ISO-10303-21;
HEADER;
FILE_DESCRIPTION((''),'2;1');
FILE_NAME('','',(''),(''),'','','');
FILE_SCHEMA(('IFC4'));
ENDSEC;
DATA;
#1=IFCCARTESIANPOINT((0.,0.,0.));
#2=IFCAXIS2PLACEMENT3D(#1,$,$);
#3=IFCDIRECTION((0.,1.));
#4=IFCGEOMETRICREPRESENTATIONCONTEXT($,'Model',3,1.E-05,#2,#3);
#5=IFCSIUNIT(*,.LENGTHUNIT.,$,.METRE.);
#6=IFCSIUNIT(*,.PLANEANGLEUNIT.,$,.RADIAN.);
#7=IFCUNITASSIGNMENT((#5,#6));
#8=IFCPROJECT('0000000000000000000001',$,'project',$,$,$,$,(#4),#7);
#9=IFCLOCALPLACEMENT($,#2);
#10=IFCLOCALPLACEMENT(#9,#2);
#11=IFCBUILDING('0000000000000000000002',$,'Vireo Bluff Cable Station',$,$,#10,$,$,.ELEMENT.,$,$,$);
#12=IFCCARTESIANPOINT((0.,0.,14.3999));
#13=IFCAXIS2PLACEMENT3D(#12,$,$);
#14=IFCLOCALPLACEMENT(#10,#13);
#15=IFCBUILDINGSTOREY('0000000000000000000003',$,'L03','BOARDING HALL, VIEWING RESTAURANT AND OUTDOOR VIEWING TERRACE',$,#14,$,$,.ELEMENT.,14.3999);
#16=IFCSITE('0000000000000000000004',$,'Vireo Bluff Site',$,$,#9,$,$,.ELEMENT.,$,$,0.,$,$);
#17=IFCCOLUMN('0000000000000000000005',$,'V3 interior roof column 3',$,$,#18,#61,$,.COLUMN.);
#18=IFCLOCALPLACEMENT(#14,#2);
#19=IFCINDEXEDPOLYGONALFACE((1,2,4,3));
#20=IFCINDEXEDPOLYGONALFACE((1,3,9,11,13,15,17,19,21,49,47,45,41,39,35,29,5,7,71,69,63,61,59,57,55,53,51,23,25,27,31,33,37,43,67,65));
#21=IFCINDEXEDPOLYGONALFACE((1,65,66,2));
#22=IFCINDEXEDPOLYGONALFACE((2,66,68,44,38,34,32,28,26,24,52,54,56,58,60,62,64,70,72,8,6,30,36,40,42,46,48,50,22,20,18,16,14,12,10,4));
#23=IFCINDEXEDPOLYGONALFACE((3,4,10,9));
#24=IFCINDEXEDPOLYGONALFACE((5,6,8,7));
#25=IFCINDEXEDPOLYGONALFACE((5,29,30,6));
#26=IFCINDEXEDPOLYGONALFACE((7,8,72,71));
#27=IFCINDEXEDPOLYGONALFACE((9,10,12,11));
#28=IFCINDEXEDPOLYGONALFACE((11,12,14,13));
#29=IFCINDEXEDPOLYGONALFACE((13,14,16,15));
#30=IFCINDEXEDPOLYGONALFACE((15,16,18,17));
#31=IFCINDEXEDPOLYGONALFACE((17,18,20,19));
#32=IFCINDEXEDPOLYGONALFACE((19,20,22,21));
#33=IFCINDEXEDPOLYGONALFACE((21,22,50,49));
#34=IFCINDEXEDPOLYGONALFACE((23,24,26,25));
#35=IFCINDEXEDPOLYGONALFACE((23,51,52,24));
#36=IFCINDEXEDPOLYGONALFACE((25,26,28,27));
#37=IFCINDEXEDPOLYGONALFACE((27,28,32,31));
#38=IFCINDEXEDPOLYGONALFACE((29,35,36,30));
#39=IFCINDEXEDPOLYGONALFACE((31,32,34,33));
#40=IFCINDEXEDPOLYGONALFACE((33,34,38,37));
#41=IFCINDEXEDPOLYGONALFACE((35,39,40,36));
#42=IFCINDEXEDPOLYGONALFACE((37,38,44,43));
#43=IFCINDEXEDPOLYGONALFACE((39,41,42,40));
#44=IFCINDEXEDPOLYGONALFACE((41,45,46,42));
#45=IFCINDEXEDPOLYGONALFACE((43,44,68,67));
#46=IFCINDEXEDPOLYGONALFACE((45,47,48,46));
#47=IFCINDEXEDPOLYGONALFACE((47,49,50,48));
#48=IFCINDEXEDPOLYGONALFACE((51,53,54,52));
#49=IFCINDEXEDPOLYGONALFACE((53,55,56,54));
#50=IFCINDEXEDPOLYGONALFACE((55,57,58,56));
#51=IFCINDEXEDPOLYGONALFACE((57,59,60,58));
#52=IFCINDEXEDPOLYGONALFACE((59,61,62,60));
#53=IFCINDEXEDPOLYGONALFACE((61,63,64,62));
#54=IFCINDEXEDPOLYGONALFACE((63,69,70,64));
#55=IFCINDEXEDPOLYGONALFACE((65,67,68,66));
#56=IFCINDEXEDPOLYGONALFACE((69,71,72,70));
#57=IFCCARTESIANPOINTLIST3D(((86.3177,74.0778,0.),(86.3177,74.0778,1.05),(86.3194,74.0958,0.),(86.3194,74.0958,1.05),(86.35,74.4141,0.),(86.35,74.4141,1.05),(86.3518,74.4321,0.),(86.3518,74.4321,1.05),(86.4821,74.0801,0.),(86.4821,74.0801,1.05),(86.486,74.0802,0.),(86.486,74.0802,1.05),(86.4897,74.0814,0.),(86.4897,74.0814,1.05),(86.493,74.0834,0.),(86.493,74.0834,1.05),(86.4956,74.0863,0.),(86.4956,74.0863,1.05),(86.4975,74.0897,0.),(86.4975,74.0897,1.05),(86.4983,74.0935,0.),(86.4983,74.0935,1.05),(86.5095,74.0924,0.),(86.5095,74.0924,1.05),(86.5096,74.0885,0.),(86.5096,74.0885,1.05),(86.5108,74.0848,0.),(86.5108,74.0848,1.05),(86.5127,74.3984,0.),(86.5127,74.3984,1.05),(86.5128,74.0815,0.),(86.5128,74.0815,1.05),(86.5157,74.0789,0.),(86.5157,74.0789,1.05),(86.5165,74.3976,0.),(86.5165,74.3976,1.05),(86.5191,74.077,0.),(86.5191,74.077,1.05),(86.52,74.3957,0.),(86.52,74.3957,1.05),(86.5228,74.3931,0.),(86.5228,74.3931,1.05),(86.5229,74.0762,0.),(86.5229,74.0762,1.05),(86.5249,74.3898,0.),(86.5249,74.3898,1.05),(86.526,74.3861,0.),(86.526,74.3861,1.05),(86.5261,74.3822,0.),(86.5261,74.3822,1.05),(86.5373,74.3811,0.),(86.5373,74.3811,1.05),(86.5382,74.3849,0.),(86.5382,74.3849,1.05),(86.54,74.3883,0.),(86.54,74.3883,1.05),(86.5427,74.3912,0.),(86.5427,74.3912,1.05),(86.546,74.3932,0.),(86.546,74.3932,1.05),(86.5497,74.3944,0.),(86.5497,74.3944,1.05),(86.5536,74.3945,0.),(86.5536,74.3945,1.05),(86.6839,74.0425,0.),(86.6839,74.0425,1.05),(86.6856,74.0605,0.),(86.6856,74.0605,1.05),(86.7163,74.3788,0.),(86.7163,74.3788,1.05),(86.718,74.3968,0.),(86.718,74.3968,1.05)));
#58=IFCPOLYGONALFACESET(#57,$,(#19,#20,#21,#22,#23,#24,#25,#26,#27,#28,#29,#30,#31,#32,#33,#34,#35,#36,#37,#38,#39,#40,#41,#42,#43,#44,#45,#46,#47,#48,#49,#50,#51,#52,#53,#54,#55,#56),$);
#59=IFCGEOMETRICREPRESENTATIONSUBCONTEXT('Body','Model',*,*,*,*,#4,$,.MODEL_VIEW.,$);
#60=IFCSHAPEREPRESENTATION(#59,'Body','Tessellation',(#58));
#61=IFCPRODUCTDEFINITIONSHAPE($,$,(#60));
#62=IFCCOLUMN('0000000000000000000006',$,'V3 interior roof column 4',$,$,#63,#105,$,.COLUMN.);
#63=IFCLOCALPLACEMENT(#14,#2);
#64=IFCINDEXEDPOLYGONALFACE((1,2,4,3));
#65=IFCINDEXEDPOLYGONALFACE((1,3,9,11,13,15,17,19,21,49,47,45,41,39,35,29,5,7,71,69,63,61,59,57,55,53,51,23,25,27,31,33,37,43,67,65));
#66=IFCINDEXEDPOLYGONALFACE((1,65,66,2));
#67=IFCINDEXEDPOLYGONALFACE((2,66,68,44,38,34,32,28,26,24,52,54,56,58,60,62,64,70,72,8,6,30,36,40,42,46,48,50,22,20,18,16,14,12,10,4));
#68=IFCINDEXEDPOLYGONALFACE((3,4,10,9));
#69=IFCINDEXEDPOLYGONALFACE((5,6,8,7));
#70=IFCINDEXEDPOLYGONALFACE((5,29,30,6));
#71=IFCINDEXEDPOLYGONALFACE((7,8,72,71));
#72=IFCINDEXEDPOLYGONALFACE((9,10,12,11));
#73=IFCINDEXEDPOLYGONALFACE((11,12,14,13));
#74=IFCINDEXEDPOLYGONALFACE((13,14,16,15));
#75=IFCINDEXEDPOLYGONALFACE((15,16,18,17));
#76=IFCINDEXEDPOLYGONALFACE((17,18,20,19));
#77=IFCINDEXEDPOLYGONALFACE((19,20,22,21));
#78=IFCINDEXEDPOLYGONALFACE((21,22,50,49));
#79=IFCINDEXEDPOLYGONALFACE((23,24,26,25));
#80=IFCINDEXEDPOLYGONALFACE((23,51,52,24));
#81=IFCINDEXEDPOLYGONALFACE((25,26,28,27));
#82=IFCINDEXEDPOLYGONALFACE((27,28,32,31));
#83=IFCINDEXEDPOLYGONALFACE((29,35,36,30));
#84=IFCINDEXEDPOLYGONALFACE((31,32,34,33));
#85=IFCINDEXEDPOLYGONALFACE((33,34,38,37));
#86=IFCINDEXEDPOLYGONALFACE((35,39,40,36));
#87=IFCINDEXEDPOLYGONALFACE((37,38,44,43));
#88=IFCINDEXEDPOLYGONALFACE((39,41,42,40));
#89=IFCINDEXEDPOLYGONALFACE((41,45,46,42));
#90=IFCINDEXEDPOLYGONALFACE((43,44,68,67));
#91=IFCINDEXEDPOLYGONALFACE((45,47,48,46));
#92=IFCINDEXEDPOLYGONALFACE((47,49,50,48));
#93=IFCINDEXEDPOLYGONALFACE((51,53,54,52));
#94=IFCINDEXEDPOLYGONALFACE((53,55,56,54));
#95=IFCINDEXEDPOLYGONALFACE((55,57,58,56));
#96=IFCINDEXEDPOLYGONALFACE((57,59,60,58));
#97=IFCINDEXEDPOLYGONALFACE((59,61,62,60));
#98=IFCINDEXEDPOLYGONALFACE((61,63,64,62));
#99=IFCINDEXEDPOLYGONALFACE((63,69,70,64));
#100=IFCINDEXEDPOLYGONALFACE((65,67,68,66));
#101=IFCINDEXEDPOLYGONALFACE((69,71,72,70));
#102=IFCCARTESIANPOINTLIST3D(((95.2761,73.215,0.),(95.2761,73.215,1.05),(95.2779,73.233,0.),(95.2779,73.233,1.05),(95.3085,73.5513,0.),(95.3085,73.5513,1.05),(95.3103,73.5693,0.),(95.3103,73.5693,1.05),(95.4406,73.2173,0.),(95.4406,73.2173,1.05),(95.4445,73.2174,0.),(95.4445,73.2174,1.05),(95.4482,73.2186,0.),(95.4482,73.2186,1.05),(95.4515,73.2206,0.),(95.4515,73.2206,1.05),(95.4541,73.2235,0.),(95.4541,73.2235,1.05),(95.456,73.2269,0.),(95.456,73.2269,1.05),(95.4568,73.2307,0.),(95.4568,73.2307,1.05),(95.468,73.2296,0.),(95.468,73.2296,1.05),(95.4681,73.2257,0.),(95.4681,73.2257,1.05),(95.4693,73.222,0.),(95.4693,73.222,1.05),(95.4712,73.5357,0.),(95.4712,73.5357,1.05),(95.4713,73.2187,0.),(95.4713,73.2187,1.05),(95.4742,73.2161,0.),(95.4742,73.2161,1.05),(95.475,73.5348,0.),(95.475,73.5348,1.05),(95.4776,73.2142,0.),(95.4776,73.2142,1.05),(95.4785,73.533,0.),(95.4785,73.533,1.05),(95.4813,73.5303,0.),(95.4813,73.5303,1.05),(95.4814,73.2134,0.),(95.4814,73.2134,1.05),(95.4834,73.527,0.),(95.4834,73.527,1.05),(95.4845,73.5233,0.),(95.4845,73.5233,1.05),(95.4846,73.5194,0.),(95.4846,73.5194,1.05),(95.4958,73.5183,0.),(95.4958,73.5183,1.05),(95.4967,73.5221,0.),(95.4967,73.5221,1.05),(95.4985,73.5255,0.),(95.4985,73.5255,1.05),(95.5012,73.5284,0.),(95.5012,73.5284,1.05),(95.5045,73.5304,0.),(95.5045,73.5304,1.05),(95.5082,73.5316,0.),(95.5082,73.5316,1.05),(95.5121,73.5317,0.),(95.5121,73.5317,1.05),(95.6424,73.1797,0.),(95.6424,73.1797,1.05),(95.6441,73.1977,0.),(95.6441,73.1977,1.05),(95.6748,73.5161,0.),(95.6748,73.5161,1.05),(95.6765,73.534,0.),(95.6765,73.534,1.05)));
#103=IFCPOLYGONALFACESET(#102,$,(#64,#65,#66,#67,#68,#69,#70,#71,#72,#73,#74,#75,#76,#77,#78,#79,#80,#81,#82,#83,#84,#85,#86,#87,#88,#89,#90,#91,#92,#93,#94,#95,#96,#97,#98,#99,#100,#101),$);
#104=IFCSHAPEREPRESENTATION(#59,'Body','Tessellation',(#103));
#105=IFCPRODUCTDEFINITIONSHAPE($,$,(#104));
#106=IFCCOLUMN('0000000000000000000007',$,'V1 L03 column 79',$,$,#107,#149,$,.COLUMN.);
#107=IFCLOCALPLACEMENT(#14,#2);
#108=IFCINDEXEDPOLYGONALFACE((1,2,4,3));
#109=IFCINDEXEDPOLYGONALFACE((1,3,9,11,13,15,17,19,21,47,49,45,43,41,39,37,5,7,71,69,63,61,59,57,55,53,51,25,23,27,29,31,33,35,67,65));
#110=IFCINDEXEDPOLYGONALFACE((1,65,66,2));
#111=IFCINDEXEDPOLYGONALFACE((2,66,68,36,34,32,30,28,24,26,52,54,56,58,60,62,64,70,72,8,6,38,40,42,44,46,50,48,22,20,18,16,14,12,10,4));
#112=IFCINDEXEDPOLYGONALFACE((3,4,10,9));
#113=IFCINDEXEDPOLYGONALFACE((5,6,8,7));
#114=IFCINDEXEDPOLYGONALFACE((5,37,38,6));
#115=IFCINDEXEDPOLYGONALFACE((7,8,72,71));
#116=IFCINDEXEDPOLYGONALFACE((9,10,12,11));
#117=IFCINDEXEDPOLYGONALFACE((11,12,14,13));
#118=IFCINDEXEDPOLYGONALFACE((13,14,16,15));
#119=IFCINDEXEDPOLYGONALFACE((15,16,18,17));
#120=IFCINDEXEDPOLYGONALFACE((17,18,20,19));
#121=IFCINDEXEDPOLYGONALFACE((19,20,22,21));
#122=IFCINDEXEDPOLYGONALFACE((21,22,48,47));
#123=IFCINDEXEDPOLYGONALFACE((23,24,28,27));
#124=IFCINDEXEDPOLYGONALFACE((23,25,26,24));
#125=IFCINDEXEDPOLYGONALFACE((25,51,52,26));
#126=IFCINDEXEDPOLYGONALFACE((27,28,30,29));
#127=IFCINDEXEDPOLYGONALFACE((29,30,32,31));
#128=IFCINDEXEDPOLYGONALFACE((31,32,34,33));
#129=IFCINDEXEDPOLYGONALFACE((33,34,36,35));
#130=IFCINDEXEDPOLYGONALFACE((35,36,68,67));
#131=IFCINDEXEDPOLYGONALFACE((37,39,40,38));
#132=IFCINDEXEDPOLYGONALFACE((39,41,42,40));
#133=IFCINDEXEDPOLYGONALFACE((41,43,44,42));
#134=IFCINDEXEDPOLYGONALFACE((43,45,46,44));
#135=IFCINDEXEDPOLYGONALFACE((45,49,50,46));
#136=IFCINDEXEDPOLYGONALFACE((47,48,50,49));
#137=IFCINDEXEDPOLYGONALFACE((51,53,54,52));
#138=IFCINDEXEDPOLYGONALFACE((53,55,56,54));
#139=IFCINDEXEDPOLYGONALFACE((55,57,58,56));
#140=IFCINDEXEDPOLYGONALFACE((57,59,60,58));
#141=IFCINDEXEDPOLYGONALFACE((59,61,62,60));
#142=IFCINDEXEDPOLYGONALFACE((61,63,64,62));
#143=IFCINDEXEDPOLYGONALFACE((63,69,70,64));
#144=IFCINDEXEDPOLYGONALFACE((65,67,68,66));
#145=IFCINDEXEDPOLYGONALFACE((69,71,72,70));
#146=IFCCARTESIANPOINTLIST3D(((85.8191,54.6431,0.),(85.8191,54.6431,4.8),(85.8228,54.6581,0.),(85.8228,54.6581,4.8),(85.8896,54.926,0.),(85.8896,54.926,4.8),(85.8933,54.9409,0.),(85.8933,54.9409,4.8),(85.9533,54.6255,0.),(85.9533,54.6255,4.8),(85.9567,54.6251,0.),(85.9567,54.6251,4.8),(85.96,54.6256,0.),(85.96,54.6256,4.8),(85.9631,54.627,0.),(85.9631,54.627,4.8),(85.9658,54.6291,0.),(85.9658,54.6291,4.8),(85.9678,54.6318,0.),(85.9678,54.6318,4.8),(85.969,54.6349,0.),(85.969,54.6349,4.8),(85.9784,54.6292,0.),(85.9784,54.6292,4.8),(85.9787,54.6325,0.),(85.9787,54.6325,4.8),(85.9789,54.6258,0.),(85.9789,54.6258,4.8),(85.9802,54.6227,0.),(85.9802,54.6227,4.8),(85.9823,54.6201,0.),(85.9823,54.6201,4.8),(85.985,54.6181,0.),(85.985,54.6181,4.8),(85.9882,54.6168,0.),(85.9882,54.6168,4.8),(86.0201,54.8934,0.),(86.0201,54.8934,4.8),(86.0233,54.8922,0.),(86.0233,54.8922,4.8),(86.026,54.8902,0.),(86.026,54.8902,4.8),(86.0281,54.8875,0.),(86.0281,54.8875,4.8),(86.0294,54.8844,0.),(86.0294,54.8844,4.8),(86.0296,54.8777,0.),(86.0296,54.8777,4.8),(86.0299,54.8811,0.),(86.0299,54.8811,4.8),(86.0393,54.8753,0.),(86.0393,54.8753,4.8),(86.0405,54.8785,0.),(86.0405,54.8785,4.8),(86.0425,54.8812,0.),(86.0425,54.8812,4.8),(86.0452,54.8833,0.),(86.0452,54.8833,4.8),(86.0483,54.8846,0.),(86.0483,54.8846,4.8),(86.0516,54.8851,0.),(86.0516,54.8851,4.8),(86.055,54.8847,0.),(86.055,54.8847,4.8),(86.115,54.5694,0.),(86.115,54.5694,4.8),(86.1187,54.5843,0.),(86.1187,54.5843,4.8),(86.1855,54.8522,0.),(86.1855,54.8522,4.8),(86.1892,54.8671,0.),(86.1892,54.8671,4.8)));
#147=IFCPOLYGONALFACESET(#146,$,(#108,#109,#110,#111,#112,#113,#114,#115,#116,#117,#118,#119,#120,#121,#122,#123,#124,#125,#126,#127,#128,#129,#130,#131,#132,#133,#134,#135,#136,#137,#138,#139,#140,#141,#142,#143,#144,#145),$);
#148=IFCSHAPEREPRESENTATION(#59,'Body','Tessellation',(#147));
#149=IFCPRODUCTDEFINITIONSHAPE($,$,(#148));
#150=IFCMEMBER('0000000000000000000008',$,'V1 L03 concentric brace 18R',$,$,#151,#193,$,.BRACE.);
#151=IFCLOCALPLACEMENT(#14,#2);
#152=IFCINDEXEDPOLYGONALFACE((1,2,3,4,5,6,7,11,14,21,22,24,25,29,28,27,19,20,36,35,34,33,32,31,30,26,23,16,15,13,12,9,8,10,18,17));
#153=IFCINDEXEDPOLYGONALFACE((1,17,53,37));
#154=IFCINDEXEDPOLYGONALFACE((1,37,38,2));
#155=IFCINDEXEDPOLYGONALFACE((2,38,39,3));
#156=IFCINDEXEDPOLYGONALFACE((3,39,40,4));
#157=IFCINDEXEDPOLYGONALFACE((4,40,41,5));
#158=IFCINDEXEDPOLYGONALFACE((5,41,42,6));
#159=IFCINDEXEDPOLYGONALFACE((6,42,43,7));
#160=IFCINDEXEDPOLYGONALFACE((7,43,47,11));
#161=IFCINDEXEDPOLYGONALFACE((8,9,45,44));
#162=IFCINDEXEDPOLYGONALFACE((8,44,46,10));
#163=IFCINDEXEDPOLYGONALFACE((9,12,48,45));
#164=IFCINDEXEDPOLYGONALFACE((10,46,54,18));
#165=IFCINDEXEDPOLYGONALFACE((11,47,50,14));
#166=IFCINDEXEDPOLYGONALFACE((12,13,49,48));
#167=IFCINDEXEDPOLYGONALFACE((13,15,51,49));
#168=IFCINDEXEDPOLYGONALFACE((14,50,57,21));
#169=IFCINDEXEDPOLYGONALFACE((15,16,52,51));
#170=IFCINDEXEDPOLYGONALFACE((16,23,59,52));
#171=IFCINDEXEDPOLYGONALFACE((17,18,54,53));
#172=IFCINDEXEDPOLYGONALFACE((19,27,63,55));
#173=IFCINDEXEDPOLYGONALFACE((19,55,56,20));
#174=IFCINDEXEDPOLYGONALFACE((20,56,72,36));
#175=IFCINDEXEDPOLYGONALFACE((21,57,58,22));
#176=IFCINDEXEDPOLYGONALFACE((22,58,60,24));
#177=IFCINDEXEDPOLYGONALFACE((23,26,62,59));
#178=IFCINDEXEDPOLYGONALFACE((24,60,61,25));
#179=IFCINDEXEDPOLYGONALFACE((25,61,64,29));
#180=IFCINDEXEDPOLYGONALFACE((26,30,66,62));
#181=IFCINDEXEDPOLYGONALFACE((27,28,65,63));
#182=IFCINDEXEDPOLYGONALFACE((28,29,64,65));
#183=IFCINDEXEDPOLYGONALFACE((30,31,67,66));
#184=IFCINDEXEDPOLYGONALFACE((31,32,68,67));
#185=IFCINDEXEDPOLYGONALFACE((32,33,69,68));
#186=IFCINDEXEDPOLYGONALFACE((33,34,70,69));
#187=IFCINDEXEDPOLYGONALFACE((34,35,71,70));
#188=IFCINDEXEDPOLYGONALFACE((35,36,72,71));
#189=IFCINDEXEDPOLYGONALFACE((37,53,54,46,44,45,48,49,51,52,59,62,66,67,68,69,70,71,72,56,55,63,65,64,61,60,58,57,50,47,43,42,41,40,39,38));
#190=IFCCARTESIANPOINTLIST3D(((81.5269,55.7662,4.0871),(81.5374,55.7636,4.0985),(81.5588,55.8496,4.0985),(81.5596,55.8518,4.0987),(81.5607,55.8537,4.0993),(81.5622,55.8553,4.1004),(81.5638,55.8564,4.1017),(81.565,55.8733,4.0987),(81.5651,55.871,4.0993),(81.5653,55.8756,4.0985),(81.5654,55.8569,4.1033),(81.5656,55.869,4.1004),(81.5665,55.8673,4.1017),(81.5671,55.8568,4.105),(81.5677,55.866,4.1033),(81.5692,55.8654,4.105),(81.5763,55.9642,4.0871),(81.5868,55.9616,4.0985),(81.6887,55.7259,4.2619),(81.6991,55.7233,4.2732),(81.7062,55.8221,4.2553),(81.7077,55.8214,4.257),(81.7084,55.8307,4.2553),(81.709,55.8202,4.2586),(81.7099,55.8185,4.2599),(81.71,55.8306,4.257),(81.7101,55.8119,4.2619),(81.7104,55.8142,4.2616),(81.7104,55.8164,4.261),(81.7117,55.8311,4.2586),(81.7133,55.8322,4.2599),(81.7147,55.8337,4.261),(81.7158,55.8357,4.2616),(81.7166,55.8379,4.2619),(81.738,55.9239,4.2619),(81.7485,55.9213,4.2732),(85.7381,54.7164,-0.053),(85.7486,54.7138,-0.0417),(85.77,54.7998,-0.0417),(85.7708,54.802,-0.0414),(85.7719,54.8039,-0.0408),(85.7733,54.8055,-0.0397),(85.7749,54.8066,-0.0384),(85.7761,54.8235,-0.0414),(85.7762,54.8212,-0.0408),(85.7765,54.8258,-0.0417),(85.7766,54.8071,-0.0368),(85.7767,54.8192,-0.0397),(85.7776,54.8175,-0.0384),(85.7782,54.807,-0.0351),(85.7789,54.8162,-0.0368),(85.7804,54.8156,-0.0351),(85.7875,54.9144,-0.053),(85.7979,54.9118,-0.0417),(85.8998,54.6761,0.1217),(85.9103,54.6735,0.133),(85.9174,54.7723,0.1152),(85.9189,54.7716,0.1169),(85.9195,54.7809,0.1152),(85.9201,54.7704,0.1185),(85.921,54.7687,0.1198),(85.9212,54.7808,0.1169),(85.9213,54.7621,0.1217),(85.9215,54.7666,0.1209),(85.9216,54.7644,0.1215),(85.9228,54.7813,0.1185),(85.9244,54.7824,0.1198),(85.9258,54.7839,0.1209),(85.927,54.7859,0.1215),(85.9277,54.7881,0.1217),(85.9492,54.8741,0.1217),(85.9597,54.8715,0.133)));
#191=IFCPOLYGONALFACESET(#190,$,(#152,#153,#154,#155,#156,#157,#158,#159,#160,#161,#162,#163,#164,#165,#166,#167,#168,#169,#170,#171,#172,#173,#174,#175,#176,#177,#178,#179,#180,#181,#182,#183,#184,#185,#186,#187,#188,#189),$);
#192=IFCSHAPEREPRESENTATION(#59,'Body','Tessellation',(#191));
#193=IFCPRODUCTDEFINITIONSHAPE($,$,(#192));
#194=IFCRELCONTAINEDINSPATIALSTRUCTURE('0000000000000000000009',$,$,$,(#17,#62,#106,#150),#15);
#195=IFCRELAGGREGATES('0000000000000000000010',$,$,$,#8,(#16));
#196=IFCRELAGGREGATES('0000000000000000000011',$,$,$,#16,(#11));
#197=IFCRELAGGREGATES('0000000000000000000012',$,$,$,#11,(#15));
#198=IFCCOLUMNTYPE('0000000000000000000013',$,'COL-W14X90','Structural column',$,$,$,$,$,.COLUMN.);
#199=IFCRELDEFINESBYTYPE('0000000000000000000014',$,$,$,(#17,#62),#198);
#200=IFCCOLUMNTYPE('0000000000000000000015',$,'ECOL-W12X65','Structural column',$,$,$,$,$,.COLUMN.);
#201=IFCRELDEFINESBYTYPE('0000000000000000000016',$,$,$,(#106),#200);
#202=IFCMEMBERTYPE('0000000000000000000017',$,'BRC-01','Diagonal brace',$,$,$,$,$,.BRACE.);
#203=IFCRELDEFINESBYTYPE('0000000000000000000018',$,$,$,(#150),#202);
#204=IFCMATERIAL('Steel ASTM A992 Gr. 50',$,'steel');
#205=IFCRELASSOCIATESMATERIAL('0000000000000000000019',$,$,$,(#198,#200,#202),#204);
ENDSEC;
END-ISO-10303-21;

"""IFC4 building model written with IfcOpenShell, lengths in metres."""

from ifc_helpers import new_model, si_unit, direction, frame, origin, origin_2d, place, context, subcontext, project, spatial, i_section, extrude, material, material_profile, profile_set, type_object, element, save


model = new_model("IFC4")

# Units and contexts
model_context = context("Model", 3, precision=1e-05, world=origin(), true_north=direction((0.0, 1.0)))
body_context = subcontext(model_context, "Body", "Model", "MODEL_VIEW")
ifc_project = project(units=[si_unit("LENGTHUNIT", "METRE"), si_unit("PLANEANGLEUNIT", "RADIAN")], contexts=[model_context])

# Site, building, storey
site_placement = place(None, origin())
site = spatial("IfcSite", under=ifc_project, at=site_placement, Name="Vireo Bluff Site", CompositionType="ELEMENT", RefElevation=0.0)
building_placement = place(site_placement, origin())
building = spatial("IfcBuilding", under=site, at=building_placement, Name="Vireo Bluff Cable Station", CompositionType="ELEMENT")
storey_placement = place(building_placement, frame((0.0, 0.0, 14.3999)))
storey = spatial("IfcBuildingStorey", under=building, at=storey_placement, Name="L03", Description="BOARDING HALL, VIEWING RESTAURANT AND OUTDOOR VIEWING TERRACE", CompositionType="ELEMENT", Elevation=14.3999)

# Columns
ifc_material_1 = material(Name="Steel ASTM A992 Gr. 50", Category="steel")
ifc_material_profile_1 = material_profile(ifc_material_1, i_section(OverallWidth=0.3679, OverallDepth=0.356, WebThickness=0.0112, FlangeThickness=0.0181, FilletRadius=0.0149, at=origin_2d()), Name="W14X90")
ifc_profile_set_1 = profile_set([ifc_material_profile_1], Name="Steel ASTM A992 Gr. 50")
column_type_1 = type_object("IfcColumnType", Name="COL-W14X90", Description="Structural column", PredefinedType="COLUMN", material=ifc_profile_set_1)
for number, where, z_axis, x_axis, name in (
    (1, (86.5178, 74.2373, 0.0), (0.0, 0.0, 1.0), (0.995396, -0.095846, 0.0), "V3 interior roof column 3"),
    (2, (95.4763, 73.3745, 0.0), (0.0, 0.0, 1.0), (0.995396, -0.095846, 0.0), "V3 interior roof column 4"),
):
    element("IfcColumn", number, at=place(storey_placement, frame(where, z_axis=z_axis, x_axis=x_axis)), inside=storey, type_object=column_type_1, Name=name, PredefinedType="COLUMN", context=body_context, shape_type="SweptSolid", body=[
        extrude(i_section(OverallWidth=0.3679, OverallDepth=0.356, WebThickness=0.0112, FlangeThickness=0.0181, FilletRadius=0.0149, at=origin_2d()), origin(), (0.0, 0.0, 1.0), 1.05),
    ])
ifc_material_profile_2 = material_profile(ifc_material_1, i_section(OverallWidth=0.3049, OverallDepth=0.3069, WebThickness=0.01, FlangeThickness=0.0154, FilletRadius=0.0129, at=origin_2d()), Name="W12X65")
ifc_profile_set_2 = profile_set([ifc_material_profile_2], Name="Steel ASTM A992 Gr. 50")
column_type_2 = type_object("IfcColumnType", Name="ECOL-W12X65", Description="Structural column", PredefinedType="COLUMN", material=ifc_profile_set_2)
column_placement = place(storey_placement, frame((86.0042, 54.7551, 0.0), z_axis=(0.0, 0.0, 1.0), x_axis=(0.970296, -0.241922, 0.0)))
element("IfcColumn", 3, at=column_placement, inside=storey, type_object=column_type_2, Name="V1 L03 column 79", PredefinedType="COLUMN", context=body_context, shape_type="SweptSolid", body=[
    extrude(i_section(OverallWidth=0.3049, OverallDepth=0.3069, WebThickness=0.01, FlangeThickness=0.0154, FilletRadius=0.0129, at=origin_2d()), origin(), (0.0, 0.0, 1.0), 4.8),
])

# Member
ifc_material_profile_3 = material_profile(ifc_material_1, i_section(OverallWidth=0.2041, OverallDepth=0.2571, WebThickness=0.0088, FlangeThickness=0.0156, FilletRadius=0.009, at=origin_2d()), Name="W10X45")
ifc_profile_set_3 = profile_set([ifc_material_profile_3], Name="Steel ASTM A992 Gr. 50")
member_type_1 = type_object("IfcMemberType", Name="BRC-01", Description="Diagonal brace", PredefinedType="BRACE", material=ifc_profile_set_3)
member_1_placement = place(storey_placement, frame((85.8489, 54.7939, 0.04), z_axis=(-0.702089, 0.175024, 0.690245), x_axis=(-0.241887, -0.970304, 0.0)))
element("IfcMember", 4, at=member_1_placement, inside=storey, type_object=member_type_1, Name="V1 L03 concentric brace 18R", PredefinedType="BRACE", context=body_context, shape_type="SweptSolid", body=[
    extrude(i_section(OverallWidth=0.2041, OverallDepth=0.2571, WebThickness=0.0088, FlangeThickness=0.0156, FilletRadius=0.009, at=origin_2d()), origin(), (0.0, 0.0, 1.0), 5.998),
])

save(model, "model.ifc")
